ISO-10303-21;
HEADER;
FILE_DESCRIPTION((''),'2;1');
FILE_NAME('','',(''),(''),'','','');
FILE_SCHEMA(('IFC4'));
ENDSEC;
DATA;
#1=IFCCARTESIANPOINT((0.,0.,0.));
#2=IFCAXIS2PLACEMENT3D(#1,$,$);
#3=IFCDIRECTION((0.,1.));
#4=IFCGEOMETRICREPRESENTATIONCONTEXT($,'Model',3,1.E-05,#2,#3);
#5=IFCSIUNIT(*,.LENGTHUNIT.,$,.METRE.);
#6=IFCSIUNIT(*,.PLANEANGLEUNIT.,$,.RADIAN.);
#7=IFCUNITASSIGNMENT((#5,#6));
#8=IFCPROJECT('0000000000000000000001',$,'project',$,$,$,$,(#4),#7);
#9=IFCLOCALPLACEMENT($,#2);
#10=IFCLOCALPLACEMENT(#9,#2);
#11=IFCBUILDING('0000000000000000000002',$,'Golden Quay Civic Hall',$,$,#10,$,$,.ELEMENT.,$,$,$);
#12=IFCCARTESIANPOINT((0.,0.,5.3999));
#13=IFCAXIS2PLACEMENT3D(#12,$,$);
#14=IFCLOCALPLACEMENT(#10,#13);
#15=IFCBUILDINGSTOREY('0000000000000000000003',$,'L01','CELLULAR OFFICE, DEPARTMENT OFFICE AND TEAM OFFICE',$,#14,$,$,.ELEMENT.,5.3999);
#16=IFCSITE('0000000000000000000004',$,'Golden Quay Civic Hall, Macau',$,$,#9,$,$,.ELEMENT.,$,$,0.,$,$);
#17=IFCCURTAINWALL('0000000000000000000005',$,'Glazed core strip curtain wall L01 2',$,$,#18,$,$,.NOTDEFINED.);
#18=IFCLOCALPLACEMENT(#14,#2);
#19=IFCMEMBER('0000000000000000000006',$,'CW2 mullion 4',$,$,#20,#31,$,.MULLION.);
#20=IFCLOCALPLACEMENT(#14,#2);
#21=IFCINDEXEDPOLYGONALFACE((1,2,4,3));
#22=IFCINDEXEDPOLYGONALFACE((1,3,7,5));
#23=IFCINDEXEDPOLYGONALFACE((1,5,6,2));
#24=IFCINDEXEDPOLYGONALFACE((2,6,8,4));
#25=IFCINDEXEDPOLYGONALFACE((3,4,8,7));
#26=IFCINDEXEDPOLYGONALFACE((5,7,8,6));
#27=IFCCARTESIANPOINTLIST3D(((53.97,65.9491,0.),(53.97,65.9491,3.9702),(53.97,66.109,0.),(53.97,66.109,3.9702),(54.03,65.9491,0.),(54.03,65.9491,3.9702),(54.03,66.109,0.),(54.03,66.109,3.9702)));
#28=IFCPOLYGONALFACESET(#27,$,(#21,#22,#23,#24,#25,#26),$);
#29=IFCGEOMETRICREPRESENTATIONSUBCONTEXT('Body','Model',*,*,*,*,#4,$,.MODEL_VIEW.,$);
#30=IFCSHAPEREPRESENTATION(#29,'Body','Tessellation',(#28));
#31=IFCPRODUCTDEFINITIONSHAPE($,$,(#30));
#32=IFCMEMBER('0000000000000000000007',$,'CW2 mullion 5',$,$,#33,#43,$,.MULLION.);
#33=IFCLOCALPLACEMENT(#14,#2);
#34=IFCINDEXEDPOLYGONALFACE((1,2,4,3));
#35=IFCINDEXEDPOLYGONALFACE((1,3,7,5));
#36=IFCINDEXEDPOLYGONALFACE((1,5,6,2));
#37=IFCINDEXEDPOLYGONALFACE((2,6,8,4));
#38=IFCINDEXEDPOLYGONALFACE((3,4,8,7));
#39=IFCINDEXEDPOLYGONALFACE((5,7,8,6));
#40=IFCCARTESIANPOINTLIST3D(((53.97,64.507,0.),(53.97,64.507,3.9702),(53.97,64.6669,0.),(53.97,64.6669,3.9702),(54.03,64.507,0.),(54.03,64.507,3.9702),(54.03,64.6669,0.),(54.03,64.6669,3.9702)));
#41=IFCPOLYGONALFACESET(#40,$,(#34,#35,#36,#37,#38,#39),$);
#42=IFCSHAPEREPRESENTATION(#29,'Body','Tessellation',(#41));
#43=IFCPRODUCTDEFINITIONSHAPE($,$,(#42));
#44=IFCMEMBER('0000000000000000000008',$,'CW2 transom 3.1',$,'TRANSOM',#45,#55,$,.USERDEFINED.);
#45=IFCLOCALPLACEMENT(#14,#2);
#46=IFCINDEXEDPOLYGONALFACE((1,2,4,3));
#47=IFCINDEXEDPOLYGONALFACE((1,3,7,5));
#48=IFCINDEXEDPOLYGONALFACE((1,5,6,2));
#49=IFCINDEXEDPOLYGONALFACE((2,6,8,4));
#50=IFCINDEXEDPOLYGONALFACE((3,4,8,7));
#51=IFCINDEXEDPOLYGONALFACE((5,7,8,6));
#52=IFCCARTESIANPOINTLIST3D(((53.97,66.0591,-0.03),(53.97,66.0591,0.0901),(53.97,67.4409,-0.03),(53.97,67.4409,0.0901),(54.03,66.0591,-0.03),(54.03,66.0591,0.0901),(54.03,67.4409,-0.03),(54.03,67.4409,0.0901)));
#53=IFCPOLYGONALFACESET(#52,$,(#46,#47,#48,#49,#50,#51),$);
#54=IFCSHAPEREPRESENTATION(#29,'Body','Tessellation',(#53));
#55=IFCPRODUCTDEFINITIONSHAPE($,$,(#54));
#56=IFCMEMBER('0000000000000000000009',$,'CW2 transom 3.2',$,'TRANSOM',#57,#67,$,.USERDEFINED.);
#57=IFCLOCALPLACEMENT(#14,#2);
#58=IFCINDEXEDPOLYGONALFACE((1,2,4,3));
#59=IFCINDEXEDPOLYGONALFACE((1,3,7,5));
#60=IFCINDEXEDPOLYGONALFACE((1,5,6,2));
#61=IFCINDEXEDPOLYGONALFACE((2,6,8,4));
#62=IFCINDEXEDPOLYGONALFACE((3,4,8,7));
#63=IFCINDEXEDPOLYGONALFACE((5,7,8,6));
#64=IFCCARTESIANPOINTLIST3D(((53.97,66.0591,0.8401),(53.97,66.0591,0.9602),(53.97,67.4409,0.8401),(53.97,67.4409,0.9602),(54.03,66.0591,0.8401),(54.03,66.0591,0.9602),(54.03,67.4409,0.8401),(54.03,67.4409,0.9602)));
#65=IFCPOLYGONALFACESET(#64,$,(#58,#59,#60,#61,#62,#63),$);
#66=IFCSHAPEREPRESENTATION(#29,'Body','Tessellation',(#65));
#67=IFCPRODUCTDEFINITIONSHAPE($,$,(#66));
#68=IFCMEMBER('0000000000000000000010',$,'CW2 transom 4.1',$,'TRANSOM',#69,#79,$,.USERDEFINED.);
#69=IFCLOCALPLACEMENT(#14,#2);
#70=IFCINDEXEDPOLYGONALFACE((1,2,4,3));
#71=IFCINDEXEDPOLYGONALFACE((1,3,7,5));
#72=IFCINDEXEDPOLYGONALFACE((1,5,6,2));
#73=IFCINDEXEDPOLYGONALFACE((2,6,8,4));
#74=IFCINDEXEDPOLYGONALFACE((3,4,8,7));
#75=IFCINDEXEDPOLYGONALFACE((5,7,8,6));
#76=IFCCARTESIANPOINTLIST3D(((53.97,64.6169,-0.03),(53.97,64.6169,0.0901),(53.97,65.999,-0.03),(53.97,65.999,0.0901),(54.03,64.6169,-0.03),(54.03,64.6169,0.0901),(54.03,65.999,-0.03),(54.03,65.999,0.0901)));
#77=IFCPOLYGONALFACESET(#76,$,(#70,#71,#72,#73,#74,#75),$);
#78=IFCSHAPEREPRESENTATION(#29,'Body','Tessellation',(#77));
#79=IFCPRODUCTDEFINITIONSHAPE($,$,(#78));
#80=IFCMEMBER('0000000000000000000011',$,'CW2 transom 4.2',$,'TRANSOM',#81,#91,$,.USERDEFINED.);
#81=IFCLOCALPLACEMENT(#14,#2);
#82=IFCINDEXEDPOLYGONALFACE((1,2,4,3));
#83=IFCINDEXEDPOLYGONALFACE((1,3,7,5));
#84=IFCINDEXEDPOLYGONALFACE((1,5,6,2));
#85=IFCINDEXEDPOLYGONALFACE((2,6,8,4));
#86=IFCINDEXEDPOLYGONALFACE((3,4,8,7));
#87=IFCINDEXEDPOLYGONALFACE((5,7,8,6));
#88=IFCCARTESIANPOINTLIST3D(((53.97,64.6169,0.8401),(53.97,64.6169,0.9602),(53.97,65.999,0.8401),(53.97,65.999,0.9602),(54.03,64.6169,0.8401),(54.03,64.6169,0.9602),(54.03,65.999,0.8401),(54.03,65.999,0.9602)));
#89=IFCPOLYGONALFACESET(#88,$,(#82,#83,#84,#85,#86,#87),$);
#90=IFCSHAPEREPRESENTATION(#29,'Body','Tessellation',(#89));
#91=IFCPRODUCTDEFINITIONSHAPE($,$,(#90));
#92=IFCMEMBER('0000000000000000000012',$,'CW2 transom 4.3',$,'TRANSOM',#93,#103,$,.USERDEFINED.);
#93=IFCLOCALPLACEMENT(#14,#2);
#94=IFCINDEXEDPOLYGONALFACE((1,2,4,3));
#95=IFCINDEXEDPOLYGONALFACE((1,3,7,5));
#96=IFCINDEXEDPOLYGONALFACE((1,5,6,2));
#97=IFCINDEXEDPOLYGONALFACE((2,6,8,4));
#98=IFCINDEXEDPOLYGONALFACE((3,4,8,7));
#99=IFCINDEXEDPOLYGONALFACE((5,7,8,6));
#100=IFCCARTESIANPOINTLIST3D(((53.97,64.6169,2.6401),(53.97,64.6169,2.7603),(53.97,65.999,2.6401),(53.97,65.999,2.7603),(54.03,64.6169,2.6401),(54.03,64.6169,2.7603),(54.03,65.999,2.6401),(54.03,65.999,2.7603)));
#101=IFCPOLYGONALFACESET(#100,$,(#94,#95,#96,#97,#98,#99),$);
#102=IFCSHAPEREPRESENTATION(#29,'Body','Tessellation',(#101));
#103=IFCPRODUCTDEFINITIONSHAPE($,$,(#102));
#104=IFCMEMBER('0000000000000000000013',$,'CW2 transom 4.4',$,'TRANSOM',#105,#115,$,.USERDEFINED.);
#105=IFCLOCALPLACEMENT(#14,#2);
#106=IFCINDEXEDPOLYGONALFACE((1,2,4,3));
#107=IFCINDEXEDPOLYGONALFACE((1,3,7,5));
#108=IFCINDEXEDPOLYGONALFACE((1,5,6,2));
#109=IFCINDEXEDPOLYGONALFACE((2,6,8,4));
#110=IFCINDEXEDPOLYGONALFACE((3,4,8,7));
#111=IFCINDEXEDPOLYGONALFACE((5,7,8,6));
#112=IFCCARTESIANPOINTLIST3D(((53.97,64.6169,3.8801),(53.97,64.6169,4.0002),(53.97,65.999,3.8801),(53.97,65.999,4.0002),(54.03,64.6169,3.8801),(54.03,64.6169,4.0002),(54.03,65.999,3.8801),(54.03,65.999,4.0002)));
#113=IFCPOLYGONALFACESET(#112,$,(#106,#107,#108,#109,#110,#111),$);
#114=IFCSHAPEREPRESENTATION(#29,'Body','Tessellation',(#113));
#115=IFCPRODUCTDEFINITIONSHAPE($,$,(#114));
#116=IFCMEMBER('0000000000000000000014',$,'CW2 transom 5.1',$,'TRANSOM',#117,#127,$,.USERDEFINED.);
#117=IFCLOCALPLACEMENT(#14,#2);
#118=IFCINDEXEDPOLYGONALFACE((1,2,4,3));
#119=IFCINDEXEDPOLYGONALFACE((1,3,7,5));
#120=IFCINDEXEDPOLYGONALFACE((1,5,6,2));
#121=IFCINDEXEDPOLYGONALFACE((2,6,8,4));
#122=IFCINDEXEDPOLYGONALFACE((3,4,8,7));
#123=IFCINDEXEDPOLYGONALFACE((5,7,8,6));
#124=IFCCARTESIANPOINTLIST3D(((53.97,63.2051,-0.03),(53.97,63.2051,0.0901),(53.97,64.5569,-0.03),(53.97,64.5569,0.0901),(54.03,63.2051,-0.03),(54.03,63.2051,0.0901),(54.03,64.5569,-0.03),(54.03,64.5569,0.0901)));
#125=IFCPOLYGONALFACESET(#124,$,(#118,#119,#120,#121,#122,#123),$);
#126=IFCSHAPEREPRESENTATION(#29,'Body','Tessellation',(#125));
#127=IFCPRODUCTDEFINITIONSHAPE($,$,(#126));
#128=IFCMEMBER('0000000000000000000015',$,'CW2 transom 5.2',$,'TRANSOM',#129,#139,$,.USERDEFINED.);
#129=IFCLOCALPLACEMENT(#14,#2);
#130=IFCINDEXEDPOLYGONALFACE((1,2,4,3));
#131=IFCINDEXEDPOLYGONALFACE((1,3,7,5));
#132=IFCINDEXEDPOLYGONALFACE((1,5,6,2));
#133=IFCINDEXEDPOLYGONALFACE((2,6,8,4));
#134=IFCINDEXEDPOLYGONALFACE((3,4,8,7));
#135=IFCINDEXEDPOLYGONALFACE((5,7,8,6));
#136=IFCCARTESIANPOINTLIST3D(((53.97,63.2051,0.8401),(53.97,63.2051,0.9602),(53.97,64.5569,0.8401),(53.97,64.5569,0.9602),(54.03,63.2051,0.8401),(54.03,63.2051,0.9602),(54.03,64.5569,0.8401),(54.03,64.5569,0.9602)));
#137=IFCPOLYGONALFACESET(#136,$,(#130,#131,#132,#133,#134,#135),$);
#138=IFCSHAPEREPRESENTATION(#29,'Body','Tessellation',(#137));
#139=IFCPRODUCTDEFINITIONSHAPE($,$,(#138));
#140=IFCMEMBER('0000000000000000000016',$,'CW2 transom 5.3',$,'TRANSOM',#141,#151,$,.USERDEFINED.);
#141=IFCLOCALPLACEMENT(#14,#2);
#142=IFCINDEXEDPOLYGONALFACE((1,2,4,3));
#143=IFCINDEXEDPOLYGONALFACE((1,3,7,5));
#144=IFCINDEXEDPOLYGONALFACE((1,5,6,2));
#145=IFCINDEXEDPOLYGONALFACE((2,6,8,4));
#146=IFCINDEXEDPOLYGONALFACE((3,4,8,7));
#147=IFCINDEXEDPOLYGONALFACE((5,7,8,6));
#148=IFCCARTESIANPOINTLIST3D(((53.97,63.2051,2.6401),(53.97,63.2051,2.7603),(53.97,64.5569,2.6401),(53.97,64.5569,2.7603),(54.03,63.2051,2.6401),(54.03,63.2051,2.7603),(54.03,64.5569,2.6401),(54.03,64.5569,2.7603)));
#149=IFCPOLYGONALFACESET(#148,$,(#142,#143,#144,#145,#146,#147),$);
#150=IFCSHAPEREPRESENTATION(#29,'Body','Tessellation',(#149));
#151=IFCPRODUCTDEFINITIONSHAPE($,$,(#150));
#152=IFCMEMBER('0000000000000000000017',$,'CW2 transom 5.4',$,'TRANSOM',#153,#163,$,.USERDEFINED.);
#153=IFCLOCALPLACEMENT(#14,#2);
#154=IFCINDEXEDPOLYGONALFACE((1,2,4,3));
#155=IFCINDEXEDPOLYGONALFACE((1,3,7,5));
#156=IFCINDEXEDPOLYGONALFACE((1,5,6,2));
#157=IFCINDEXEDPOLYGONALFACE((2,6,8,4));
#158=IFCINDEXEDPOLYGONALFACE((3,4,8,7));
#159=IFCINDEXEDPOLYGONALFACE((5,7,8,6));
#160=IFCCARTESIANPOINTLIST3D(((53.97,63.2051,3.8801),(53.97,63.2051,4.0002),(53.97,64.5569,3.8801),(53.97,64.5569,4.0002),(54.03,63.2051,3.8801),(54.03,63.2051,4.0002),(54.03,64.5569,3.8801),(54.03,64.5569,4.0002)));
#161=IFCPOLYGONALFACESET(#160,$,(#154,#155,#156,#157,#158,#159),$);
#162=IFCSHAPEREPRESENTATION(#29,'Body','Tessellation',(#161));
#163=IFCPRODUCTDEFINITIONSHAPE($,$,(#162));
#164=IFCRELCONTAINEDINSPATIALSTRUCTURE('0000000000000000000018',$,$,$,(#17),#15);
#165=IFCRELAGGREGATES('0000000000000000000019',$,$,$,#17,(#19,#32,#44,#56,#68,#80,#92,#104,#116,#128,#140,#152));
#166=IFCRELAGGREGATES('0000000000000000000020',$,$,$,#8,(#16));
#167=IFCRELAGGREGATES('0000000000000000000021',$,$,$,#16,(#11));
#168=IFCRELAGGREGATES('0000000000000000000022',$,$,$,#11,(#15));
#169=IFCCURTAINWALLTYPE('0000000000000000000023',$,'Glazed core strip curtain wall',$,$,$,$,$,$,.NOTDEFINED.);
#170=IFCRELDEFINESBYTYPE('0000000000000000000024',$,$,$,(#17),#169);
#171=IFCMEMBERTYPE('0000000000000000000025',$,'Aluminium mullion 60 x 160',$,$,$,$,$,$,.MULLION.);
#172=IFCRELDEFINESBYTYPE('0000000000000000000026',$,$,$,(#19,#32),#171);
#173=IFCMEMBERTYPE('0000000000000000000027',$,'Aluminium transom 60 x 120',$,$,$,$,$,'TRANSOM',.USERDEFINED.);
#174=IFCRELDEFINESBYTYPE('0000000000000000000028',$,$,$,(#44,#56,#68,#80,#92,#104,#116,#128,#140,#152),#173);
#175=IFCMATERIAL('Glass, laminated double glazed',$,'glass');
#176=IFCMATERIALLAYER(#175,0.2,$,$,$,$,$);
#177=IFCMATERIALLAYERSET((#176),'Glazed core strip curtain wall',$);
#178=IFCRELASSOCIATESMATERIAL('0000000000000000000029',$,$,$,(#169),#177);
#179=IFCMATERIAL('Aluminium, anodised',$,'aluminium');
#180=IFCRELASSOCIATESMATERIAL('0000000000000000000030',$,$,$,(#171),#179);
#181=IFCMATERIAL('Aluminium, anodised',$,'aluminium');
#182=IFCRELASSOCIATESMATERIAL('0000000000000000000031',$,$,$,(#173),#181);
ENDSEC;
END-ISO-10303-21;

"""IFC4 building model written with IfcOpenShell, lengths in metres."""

from ifc_helpers import new_model, si_unit, direction, frame, origin, origin_2d, place, context, subcontext, project, spatial, rectangle, extrude, material, layer, layer_set, material_profile, profile_set, type_object, element, aggregate, save


model = new_model("IFC4")

# Units and contexts
model_context = context("Model", 3, precision=1e-05, world=origin(), true_north=direction((0.0, 1.0)))
body_context = subcontext(model_context, "Body", "Model", "MODEL_VIEW")
ifc_project = project(units=[si_unit("LENGTHUNIT", "METRE"), si_unit("PLANEANGLEUNIT", "RADIAN")], contexts=[model_context])

# Site, building, storey
site_placement = place(None, origin())
site = spatial("IfcSite", under=ifc_project, at=site_placement, Name="Golden Quay Civic Hall, Macau", CompositionType="ELEMENT", RefElevation=0.0)
building_placement = place(site_placement, origin())
building = spatial("IfcBuilding", under=site, at=building_placement, Name="Golden Quay Civic Hall", CompositionType="ELEMENT")
storey_placement = place(building_placement, frame((0.0, 0.0, 5.3999)))
storey = spatial("IfcBuildingStorey", under=building, at=storey_placement, Name="L01", Description="CELLULAR OFFICE, DEPARTMENT OFFICE AND TEAM OFFICE", CompositionType="ELEMENT", Elevation=5.3999)

# Curtain wall, members
ifc_material_1 = material(Name="Glass, laminated double glazed", Category="glass")
ifc_layer_1 = layer(ifc_material_1, 0.2)
ifc_layer_set_1 = layer_set([ifc_layer_1], Name="Glazed core strip curtain wall")
curtain_wall_type = type_object("IfcCurtainWallType", Name="Glazed core strip curtain wall", PredefinedType="NOTDEFINED", material=ifc_layer_set_1)
curtain_wall_placement = place(storey_placement, origin())
curtain_wall = element("IfcCurtainWall", 1, at=curtain_wall_placement, inside=storey, type_object=curtain_wall_type, Name="Glazed core strip curtain wall L01 2", PredefinedType="NOTDEFINED")
ifc_material_2 = material(Name="Aluminium, anodised", Category="aluminium")
ifc_material_profile_1 = material_profile(ifc_material_2, rectangle(XDim=0.0601, YDim=0.1599, at=origin_2d()), Name="Aluminium 60 x 160")
ifc_profile_set_1 = profile_set([ifc_material_profile_1], Name="Aluminium, anodised")
member_type_1 = type_object("IfcMemberType", Name="Aluminium mullion 60 x 160", PredefinedType="MULLION", material=ifc_profile_set_1)
member_1_placement = place(storey_placement, frame((54.0, 66.0291, 0.0), z_axis=(0.0, 0.0, 1.0), x_axis=(1.0, 0.0, 0.0)))
member_1 = element("IfcMember", 2, at=member_1_placement, type_object=member_type_1, Name="CW2 mullion 4", PredefinedType="MULLION", context=body_context, shape_type="SweptSolid", body=[
    extrude(rectangle(XDim=0.0601, YDim=0.1599, at=origin_2d()), origin(), (0.0, 0.0, 1.0), 3.9702),
])
member_2_placement = place(storey_placement, frame((54.0, 64.5869, 0.0), z_axis=(0.0, 0.0, 1.0), x_axis=(1.0, 0.0, 0.0)))
member_2 = element("IfcMember", 3, at=member_2_placement, type_object=member_type_1, Name="CW2 mullion 5", PredefinedType="MULLION", context=body_context, shape_type="SweptSolid", body=[
    extrude(rectangle(XDim=0.0601, YDim=0.1599, at=origin_2d()), origin(), (0.0, 0.0, 1.0), 3.9702),
])
ifc_material_3 = material(Name="Aluminium, anodised", Category="aluminium")
ifc_material_profile_2 = material_profile(ifc_material_3, rectangle(XDim=0.0601, YDim=0.1201, at=origin_2d()), Name="Aluminium 60 x 120")
ifc_profile_set_2 = profile_set([ifc_material_profile_2], Name="Aluminium, anodised")
member_type_2 = type_object("IfcMemberType", Name="Aluminium transom 60 x 120", ElementType="TRANSOM", PredefinedType="USERDEFINED", material=ifc_profile_set_2)
member_3_placement = place(storey_placement, frame((54.0, 67.4409, 0.03), z_axis=(0.0, -1.0, 0.0), x_axis=(1.0, 0.0, 0.0)))
member_3 = element("IfcMember", 4, at=member_3_placement, type_object=member_type_2, Name="CW2 transom 3.1", ObjectType="TRANSOM", PredefinedType="USERDEFINED", context=body_context, shape_type="SweptSolid", body=[
    extrude(rectangle(XDim=0.0601, YDim=0.1201, at=origin_2d()), origin(), (0.0, 0.0, 1.0), 1.3818),
])
member_4_placement = place(storey_placement, frame((54.0, 67.4409, 0.9001), z_axis=(0.0, -1.0, 0.0), x_axis=(1.0, 0.0, 0.0)))
member_4 = element("IfcMember", 5, at=member_4_placement, type_object=member_type_2, Name="CW2 transom 3.2", ObjectType="TRANSOM", PredefinedType="USERDEFINED", context=body_context, shape_type="SweptSolid", body=[
    extrude(rectangle(XDim=0.0601, YDim=0.1201, at=origin_2d()), origin(), (0.0, 0.0, 1.0), 1.3818),
])
member_5_placement = place(storey_placement, frame((54.0, 65.999, 0.03), z_axis=(0.0, -1.0, 0.0), x_axis=(1.0, 0.0, 0.0)))
member_5 = element("IfcMember", 6, at=member_5_placement, type_object=member_type_2, Name="CW2 transom 4.1", ObjectType="TRANSOM", PredefinedType="USERDEFINED", context=body_context, shape_type="SweptSolid", body=[
    extrude(rectangle(XDim=0.0601, YDim=0.1201, at=origin_2d()), origin(), (0.0, 0.0, 1.0), 1.3821),
])
member_6_placement = place(storey_placement, frame((54.0, 65.999, 0.9001), z_axis=(0.0, -1.0, 0.0), x_axis=(1.0, 0.0, 0.0)))
member_6 = element("IfcMember", 7, at=member_6_placement, type_object=member_type_2, Name="CW2 transom 4.2", ObjectType="TRANSOM", PredefinedType="USERDEFINED", context=body_context, shape_type="SweptSolid", body=[
    extrude(rectangle(XDim=0.0601, YDim=0.1201, at=origin_2d()), origin(), (0.0, 0.0, 1.0), 1.3821),
])
member_7_placement = place(storey_placement, frame((54.0, 65.999, 2.7002), z_axis=(0.0, -1.0, 0.0), x_axis=(1.0, 0.0, 0.0)))
member_7 = element("IfcMember", 8, at=member_7_placement, type_object=member_type_2, Name="CW2 transom 4.3", ObjectType="TRANSOM", PredefinedType="USERDEFINED", context=body_context, shape_type="SweptSolid", body=[
    extrude(rectangle(XDim=0.0601, YDim=0.1201, at=origin_2d()), origin(), (0.0, 0.0, 1.0), 1.3821),
])
member_8_placement = place(storey_placement, frame((54.0, 65.999, 3.9402), z_axis=(0.0, -1.0, 0.0), x_axis=(1.0, 0.0, 0.0)))
member_8 = element("IfcMember", 9, at=member_8_placement, type_object=member_type_2, Name="CW2 transom 4.4", ObjectType="TRANSOM", PredefinedType="USERDEFINED", context=body_context, shape_type="SweptSolid", body=[
    extrude(rectangle(XDim=0.0601, YDim=0.1201, at=origin_2d()), origin(), (0.0, 0.0, 1.0), 1.3821),
])
member_9_placement = place(storey_placement, frame((54.0, 64.5569, 0.03), z_axis=(0.0, -1.0, 0.0), x_axis=(1.0, 0.0, 0.0)))
member_9 = element("IfcMember", 10, at=member_9_placement, type_object=member_type_2, Name="CW2 transom 5.1", ObjectType="TRANSOM", PredefinedType="USERDEFINED", context=body_context, shape_type="SweptSolid", body=[
    extrude(rectangle(XDim=0.0601, YDim=0.1201, at=origin_2d()), origin(), (0.0, 0.0, 1.0), 1.3518),
])
member_10_placement = place(storey_placement, frame((54.0, 64.5569, 0.9001), z_axis=(0.0, -1.0, 0.0), x_axis=(1.0, 0.0, 0.0)))
member_10 = element("IfcMember", 11, at=member_10_placement, type_object=member_type_2, Name="CW2 transom 5.2", ObjectType="TRANSOM", PredefinedType="USERDEFINED", context=body_context, shape_type="SweptSolid", body=[
    extrude(rectangle(XDim=0.0601, YDim=0.1201, at=origin_2d()), origin(), (0.0, 0.0, 1.0), 1.3518),
])
member_11_placement = place(storey_placement, frame((54.0, 64.5569, 2.7002), z_axis=(0.0, -1.0, 0.0), x_axis=(1.0, 0.0, 0.0)))
member_11 = element("IfcMember", 12, at=member_11_placement, type_object=member_type_2, Name="CW2 transom 5.3", ObjectType="TRANSOM", PredefinedType="USERDEFINED", context=body_context, shape_type="SweptSolid", body=[
    extrude(rectangle(XDim=0.0601, YDim=0.1201, at=origin_2d()), origin(), (0.0, 0.0, 1.0), 1.3518),
])
member_12_placement = place(storey_placement, frame((54.0, 64.5569, 3.9402), z_axis=(0.0, -1.0, 0.0), x_axis=(1.0, 0.0, 0.0)))
member_12 = element("IfcMember", 13, at=member_12_placement, type_object=member_type_2, Name="CW2 transom 5.4", ObjectType="TRANSOM", PredefinedType="USERDEFINED", context=body_context, shape_type="SweptSolid", body=[
    extrude(rectangle(XDim=0.0601, YDim=0.1201, at=origin_2d()), origin(), (0.0, 0.0, 1.0), 1.3518),
])

aggregate(curtain_wall, [member_1, member_2, member_3, member_4, member_5, member_6, member_7, member_8, member_9, member_10, member_11, member_12])

save(model, "model.ifc")
